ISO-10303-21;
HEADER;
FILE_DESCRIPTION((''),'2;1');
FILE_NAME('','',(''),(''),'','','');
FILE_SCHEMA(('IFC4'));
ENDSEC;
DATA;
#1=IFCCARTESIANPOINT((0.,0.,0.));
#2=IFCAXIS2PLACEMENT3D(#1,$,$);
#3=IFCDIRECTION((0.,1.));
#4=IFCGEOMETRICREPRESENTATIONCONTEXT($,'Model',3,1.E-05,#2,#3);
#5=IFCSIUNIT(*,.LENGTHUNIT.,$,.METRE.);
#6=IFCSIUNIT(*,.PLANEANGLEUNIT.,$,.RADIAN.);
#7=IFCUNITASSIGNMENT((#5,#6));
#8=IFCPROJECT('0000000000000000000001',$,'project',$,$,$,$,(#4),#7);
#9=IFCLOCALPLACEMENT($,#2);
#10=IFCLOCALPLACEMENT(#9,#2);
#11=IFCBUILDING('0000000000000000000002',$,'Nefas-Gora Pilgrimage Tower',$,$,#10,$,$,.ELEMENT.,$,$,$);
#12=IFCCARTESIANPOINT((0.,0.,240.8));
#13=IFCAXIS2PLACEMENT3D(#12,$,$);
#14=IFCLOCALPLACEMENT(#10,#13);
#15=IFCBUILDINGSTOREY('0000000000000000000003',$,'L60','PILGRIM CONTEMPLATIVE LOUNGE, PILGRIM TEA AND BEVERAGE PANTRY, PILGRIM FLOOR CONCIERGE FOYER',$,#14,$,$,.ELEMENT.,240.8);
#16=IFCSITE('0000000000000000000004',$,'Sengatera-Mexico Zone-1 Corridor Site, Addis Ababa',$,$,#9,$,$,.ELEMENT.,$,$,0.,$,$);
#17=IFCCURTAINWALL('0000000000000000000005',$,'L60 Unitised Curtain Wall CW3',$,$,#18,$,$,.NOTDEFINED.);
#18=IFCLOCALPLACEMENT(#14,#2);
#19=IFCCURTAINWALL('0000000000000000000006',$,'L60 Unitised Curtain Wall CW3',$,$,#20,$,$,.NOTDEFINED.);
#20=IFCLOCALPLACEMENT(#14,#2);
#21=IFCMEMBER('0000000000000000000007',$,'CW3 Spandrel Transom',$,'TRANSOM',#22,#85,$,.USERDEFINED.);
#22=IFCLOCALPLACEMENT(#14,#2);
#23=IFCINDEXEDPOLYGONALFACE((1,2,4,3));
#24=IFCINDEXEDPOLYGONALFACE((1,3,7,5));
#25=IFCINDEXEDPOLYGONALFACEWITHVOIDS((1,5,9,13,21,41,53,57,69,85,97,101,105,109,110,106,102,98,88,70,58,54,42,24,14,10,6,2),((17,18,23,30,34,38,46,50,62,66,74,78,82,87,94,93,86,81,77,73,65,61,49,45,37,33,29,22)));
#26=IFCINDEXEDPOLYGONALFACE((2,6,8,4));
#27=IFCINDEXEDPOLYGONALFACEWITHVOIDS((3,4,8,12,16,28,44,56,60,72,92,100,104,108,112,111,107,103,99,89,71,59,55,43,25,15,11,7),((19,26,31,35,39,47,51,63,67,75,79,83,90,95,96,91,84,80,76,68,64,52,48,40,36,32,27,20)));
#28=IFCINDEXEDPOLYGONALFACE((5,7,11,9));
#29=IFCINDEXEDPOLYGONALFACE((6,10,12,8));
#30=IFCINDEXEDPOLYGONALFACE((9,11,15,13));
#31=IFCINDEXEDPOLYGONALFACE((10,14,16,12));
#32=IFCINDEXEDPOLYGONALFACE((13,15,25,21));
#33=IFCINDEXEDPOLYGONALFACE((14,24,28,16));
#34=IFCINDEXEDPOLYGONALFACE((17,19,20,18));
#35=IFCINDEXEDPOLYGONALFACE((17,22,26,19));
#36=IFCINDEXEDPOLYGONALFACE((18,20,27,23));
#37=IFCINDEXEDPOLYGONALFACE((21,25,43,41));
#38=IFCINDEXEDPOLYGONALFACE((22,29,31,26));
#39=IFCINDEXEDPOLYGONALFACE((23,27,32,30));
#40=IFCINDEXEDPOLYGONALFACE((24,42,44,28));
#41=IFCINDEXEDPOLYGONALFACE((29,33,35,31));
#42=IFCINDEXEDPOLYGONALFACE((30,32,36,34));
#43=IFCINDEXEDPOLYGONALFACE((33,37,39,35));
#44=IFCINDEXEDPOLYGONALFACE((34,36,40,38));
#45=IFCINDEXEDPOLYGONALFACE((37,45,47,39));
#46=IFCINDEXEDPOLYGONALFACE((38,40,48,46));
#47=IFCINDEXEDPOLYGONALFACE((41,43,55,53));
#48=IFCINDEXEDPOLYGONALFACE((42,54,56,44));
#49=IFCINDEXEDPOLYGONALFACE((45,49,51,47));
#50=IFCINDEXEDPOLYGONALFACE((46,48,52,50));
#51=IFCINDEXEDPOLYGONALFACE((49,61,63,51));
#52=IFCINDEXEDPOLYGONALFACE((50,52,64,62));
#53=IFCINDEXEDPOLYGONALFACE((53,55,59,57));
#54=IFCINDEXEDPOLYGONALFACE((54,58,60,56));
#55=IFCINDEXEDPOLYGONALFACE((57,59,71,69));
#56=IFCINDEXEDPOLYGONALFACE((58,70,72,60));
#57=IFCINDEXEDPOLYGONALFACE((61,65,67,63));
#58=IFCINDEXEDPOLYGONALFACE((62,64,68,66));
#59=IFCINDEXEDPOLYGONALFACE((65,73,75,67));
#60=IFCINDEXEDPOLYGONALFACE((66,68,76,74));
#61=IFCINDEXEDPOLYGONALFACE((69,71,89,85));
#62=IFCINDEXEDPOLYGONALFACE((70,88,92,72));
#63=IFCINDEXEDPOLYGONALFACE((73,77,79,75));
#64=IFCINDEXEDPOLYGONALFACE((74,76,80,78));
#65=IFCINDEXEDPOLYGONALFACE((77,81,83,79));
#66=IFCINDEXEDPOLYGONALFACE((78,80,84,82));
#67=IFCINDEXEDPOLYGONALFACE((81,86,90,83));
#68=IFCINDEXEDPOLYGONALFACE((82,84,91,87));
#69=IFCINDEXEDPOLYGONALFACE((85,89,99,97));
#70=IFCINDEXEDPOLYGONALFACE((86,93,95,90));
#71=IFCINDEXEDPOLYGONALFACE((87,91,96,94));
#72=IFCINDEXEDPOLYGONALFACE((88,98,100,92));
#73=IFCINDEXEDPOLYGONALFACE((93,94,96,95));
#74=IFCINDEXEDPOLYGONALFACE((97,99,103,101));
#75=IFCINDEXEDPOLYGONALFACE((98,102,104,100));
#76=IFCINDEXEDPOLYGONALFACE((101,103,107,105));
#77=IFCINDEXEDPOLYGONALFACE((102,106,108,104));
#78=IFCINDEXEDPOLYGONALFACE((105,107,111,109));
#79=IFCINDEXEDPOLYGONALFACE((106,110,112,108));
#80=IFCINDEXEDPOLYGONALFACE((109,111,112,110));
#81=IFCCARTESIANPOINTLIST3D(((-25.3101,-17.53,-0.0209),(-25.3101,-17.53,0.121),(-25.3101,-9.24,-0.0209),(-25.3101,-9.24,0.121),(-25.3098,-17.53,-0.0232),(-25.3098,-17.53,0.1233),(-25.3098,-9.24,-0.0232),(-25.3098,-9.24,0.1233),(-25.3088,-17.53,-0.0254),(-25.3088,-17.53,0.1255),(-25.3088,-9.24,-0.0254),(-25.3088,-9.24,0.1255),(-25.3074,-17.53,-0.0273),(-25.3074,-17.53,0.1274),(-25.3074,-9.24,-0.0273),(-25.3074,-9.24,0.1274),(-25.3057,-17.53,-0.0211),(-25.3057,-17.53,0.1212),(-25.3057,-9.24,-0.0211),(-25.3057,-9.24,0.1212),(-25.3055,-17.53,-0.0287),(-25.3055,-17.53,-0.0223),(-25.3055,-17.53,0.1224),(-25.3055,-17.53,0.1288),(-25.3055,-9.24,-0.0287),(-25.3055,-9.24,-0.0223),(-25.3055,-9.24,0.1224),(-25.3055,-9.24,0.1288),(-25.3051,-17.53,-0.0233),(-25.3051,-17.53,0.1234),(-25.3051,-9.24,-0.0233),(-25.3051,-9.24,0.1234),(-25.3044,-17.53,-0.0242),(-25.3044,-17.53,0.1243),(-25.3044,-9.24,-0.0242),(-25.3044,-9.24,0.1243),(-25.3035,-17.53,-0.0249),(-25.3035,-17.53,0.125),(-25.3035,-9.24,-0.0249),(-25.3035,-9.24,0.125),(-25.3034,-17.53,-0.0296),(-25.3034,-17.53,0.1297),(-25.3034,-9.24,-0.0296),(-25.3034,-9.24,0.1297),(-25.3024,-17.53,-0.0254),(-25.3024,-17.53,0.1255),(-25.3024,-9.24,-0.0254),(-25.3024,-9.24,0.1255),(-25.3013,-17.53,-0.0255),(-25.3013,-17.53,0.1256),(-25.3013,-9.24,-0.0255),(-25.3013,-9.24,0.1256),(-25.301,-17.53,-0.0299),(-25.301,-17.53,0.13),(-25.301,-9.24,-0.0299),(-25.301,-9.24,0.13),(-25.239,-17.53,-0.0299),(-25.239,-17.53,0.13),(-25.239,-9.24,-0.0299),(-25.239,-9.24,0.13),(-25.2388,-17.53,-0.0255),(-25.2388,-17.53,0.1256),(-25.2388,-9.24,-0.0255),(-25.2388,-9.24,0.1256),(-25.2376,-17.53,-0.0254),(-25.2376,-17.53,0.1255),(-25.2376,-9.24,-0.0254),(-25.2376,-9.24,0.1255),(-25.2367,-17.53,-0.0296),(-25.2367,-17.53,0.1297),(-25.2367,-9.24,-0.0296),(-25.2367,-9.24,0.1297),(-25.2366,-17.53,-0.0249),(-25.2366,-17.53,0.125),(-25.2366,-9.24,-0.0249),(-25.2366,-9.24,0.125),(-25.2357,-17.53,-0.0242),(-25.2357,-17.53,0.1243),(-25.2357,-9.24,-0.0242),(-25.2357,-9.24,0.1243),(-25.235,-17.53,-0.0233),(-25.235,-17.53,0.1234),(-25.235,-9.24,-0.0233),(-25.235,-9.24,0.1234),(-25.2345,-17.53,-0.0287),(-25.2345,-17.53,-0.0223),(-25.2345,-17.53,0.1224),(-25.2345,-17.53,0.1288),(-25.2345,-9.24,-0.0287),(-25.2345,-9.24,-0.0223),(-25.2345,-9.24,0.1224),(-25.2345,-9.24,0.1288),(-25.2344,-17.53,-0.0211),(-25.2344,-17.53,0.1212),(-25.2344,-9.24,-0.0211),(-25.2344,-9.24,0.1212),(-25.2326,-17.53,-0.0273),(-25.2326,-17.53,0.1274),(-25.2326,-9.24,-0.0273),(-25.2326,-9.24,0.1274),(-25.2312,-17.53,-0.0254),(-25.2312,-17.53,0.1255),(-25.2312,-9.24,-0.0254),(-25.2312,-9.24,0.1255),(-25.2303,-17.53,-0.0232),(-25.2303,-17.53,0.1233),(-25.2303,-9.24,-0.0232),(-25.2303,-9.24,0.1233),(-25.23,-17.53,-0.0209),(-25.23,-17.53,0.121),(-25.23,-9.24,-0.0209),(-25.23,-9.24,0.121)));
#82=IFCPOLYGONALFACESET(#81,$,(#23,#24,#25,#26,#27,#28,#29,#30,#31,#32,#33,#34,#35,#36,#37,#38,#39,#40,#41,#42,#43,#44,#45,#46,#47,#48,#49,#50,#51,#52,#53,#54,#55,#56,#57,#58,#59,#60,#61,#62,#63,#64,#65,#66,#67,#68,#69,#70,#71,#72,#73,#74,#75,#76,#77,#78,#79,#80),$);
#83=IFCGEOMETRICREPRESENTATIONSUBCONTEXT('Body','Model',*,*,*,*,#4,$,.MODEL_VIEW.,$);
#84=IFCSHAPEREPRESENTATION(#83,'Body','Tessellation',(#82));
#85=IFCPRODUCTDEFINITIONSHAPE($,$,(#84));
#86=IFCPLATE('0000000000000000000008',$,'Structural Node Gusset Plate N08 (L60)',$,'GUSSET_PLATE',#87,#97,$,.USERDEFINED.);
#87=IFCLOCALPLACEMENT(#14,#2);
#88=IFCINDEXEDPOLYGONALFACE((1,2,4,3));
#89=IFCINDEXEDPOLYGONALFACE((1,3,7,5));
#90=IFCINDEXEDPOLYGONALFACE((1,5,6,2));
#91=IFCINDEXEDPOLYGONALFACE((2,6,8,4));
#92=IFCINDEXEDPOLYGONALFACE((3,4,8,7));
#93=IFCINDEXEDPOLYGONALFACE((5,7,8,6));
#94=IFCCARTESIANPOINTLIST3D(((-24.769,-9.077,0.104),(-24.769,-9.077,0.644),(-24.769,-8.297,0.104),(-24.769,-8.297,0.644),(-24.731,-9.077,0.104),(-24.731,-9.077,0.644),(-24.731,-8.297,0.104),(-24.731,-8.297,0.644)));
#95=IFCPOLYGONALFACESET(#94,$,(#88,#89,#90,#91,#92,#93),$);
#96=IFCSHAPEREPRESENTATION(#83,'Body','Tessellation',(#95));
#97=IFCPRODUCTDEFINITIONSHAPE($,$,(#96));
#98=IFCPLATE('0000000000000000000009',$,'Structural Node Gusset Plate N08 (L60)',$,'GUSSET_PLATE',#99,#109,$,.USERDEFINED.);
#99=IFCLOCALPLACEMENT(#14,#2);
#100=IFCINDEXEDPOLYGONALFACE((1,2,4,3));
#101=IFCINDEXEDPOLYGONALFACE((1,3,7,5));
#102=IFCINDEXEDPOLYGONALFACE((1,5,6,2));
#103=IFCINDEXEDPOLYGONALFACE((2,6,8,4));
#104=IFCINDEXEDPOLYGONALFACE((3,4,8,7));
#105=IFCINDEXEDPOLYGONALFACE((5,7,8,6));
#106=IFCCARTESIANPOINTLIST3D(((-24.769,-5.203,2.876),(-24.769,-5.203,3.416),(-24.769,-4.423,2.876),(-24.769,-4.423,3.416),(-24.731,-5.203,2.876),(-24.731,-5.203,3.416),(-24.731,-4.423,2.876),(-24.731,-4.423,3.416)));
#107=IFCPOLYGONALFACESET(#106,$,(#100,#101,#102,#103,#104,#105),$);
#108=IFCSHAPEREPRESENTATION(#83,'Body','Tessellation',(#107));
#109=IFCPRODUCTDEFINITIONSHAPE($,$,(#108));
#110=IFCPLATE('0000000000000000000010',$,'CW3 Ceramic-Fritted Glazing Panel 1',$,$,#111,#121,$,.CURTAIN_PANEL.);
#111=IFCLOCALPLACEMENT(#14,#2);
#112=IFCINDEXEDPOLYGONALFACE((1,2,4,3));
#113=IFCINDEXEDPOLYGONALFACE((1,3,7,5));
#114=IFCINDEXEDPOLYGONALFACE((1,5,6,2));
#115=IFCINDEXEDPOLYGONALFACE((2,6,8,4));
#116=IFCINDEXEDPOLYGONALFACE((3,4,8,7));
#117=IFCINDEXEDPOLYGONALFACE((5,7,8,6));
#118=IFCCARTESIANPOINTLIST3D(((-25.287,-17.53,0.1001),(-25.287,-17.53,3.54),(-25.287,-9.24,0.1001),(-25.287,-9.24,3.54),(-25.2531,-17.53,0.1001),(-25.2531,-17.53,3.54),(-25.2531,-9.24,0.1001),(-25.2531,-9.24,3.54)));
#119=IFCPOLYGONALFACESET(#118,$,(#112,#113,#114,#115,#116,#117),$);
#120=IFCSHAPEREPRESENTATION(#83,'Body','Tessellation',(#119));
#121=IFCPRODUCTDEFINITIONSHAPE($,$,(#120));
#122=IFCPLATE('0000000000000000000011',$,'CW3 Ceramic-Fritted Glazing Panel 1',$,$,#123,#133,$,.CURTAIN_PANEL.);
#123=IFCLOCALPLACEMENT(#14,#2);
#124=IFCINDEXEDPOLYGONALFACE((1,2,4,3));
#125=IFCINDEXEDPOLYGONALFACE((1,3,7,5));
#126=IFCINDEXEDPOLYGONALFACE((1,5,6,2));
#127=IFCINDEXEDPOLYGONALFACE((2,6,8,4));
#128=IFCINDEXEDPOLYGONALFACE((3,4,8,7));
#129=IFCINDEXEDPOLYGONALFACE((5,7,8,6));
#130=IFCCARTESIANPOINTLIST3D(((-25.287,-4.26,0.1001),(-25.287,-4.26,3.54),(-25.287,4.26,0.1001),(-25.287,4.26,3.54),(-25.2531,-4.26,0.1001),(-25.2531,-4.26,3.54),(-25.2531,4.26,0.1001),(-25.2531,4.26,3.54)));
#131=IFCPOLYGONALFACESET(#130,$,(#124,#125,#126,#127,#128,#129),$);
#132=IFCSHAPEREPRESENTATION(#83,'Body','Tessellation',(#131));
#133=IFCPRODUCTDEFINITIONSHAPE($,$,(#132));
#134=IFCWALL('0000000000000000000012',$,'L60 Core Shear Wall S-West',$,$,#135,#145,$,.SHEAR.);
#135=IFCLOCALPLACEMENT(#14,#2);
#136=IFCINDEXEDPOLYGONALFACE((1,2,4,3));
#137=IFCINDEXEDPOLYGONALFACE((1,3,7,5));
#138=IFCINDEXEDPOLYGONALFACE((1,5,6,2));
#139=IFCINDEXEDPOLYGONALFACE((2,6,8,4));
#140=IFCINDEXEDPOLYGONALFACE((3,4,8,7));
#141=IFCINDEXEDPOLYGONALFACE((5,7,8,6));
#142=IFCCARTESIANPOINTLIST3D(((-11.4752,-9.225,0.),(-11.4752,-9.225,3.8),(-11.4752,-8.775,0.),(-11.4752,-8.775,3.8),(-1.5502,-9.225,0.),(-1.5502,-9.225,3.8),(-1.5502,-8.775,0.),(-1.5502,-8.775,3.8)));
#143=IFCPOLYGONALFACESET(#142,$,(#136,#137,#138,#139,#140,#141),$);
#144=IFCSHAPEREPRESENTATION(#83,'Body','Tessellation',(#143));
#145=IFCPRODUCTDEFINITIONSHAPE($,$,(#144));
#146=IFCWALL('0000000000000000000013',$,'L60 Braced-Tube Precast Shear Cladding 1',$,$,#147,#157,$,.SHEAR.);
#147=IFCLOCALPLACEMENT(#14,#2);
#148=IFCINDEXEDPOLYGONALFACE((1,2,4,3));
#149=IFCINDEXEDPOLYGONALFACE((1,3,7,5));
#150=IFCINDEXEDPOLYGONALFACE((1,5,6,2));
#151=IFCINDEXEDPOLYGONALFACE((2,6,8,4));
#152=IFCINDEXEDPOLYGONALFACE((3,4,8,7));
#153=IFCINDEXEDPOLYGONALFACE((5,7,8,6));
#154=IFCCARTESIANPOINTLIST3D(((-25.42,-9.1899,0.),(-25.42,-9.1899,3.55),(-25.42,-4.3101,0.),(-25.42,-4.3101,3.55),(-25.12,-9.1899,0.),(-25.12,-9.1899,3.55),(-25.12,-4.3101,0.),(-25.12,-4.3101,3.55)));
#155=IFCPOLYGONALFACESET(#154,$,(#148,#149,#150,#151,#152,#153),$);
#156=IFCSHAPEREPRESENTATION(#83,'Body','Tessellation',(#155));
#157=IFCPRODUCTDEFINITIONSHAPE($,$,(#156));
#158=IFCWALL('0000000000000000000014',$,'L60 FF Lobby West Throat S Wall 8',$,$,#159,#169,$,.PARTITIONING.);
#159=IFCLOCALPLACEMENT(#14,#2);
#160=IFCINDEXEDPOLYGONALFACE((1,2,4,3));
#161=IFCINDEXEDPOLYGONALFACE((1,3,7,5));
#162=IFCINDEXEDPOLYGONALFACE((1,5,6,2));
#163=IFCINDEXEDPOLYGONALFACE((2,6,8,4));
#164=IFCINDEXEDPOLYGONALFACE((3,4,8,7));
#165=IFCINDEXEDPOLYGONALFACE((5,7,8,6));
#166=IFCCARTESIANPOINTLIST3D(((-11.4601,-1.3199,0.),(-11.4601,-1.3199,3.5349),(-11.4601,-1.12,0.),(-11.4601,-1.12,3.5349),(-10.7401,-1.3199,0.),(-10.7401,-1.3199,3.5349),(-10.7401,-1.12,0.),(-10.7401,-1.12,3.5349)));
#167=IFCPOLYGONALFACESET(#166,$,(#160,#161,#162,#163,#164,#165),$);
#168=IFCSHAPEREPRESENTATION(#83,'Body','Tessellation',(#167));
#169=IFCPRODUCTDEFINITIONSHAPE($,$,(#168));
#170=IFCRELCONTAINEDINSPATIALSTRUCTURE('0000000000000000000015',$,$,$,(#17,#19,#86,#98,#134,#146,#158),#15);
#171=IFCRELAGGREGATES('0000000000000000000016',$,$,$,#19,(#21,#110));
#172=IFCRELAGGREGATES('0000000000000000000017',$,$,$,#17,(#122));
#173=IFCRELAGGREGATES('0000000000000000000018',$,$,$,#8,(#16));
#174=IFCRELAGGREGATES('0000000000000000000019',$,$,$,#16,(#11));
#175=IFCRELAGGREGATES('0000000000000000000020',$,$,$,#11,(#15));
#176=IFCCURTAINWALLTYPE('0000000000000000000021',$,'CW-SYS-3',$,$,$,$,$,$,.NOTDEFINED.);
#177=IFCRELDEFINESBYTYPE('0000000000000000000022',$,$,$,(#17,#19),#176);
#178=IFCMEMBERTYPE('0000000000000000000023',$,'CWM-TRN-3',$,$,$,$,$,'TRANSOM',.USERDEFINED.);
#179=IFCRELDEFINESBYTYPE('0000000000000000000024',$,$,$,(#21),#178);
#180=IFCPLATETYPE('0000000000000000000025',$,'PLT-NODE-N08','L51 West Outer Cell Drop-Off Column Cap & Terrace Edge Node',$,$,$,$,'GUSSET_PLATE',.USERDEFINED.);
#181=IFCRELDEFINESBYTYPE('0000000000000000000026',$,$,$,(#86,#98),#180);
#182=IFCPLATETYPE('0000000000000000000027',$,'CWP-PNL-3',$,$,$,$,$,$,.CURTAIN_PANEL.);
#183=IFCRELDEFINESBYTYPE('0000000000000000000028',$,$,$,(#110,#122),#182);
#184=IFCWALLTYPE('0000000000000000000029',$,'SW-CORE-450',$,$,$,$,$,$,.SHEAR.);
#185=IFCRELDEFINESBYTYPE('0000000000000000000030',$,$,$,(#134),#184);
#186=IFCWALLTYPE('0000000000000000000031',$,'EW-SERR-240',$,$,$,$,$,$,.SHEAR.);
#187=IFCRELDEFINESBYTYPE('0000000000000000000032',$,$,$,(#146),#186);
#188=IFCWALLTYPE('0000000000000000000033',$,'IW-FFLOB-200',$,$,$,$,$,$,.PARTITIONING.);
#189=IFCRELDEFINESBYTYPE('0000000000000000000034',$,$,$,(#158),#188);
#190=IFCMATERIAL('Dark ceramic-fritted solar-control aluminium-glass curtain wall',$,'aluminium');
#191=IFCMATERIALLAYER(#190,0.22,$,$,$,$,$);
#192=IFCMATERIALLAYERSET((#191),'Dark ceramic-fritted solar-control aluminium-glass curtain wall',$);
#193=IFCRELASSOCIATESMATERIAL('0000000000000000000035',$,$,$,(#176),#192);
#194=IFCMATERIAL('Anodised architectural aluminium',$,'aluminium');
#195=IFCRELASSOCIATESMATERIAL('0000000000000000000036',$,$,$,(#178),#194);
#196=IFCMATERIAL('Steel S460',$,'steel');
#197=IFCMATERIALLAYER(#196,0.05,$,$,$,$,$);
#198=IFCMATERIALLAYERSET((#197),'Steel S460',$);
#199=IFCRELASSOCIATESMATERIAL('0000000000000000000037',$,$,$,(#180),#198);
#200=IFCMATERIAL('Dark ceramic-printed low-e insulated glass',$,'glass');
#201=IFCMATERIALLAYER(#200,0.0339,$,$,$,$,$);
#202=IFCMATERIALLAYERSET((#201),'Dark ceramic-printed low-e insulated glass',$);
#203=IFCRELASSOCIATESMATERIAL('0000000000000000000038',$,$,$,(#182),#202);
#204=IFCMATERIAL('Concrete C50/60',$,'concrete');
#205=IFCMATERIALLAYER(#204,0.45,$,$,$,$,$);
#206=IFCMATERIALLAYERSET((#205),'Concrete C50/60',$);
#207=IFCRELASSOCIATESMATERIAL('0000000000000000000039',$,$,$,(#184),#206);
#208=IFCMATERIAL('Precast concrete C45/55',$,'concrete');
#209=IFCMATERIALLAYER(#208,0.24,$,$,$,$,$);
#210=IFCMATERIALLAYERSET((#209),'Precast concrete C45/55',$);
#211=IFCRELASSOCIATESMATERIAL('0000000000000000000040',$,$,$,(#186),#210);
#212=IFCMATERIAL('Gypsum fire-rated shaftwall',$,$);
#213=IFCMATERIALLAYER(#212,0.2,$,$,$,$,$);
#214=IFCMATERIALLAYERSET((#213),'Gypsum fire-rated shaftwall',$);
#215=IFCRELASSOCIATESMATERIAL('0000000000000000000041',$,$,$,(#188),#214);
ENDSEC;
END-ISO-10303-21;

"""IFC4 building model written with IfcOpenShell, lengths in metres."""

from ifc_helpers import new_model, si_unit, direction, frame, frame_2d, origin, origin_2d, place, context, subcontext, project, spatial, rectangle, hollow_rectangle, extrude, source, transform, mapped, material, layer, layer_set, material_profile, profile_set, type_object, element, aggregate, save


model = new_model("IFC4")

# Units and contexts
model_context = context("Model", 3, precision=1e-05, world=origin(), true_north=direction((0.0, 1.0)))
body_context = subcontext(model_context, "Body", "Model", "MODEL_VIEW")
ifc_project = project(units=[si_unit("LENGTHUNIT", "METRE"), si_unit("PLANEANGLEUNIT", "RADIAN")], contexts=[model_context])

# Site, building, storey
site_placement = place(None, origin())
site = spatial("IfcSite", under=ifc_project, at=site_placement, Name="Sengatera-Mexico Zone-1 Corridor Site, Addis Ababa", CompositionType="ELEMENT", RefElevation=0.0)
building_placement = place(site_placement, origin())
building = spatial("IfcBuilding", under=site, at=building_placement, Name="Nefas-Gora Pilgrimage Tower", CompositionType="ELEMENT")
storey_placement = place(building_placement, frame((0.0, 0.0, 240.8)))
storey = spatial("IfcBuildingStorey", under=building, at=storey_placement, Name="L60", Description="PILGRIM CONTEMPLATIVE LOUNGE, PILGRIM TEA AND BEVERAGE PANTRY, PILGRIM FLOOR CONCIERGE FOYER", CompositionType="ELEMENT", Elevation=240.8)

# Shared definitions
ifc_material_1 = material(Name="Steel S460", Category="steel")

# Curtain wall
ifc_material_2 = material(Name="Dark ceramic-fritted solar-control aluminium-glass curtain wall", Category="aluminium")
ifc_layer_1 = layer(ifc_material_2, 0.22)
ifc_layer_set_1 = layer_set([ifc_layer_1], Name="Dark ceramic-fritted solar-control aluminium-glass curtain wall")
curtain_wall_type = type_object("IfcCurtainWallType", Name="CW-SYS-3", PredefinedType="NOTDEFINED", material=ifc_layer_set_1)
curtain_wall_1_placement = place(storey_placement, origin())
curtain_wall_1 = element("IfcCurtainWall", 1, at=curtain_wall_1_placement, inside=storey, type_object=curtain_wall_type, Name="L60 Unitised Curtain Wall CW3", PredefinedType="NOTDEFINED")
ifc_material_3 = material(Name="Anodised architectural aluminium", Category="aluminium")

# Curtain wall, member
curtain_wall_2_placement = place(storey_placement, origin())
curtain_wall_2 = element("IfcCurtainWall", 2, at=curtain_wall_2_placement, inside=storey, type_object=curtain_wall_type, Name="L60 Unitised Curtain Wall CW3", PredefinedType="NOTDEFINED")
ifc_material_profile_1 = material_profile(ifc_material_3, hollow_rectangle(XDim=0.0801, YDim=0.1599, WallThickness=0.0044, InnerFilletRadius=0.0044, OuterFilletRadius=0.009, at=origin_2d()), Name="ALU TRANSOM 80x160")
ifc_profile_set_1 = profile_set([ifc_material_profile_1], Name="Anodised architectural aluminium")
member_type_1 = type_object("IfcMemberType", Name="CWM-TRN-3", ElementType="TRANSOM", PredefinedType="USERDEFINED", material=ifc_profile_set_1)
shared_shape_1 = source(origin(), body_context, "Body", "SweptSolid", [
    extrude(hollow_rectangle(XDim=0.0801, YDim=0.1599, WallThickness=0.0044, InnerFilletRadius=0.0044, OuterFilletRadius=0.009, at=origin_2d()), origin(), (0.0, 0.0, 1.0), 8.29),
])
member_1_placement = place(storey_placement, frame((-25.27, -9.24, 0.05), z_axis=(0.0, -1.0, 0.0), x_axis=(1.0, 0.0, 0.0)))
member_1 = element("IfcMember", 3, at=member_1_placement, type_object=member_type_1, Name="CW3 Spandrel Transom", ObjectType="TRANSOM", PredefinedType="USERDEFINED", context=body_context, shape_type="MappedRepresentation", body=[
    mapped(shared_shape_1, transform((0.0, 0.0, 0.0), x_axis=(1.0, 0.0, 0.0), y_axis=(0.0, 1.0, 0.0), z_axis=(0.0, 0.0, 1.0), scale=1.0)),
])

# Plates
ifc_layer_2 = layer(ifc_material_1, 0.05)
ifc_layer_set_2 = layer_set([ifc_layer_2], Name="Steel S460")
plate_type_1 = type_object("IfcPlateType", Name="PLT-NODE-N08", Description="L51 West Outer Cell Drop-Off Column Cap & Terrace Edge Node", ElementType="GUSSET_PLATE", PredefinedType="USERDEFINED", material=ifc_layer_set_2)
shared_shape_2 = source(origin(), body_context, "Body", "SweptSolid", [
    extrude(rectangle(XDim=0.78, YDim=0.0381, at=origin_2d()), origin(), (0.0, 0.0, 1.0), 0.54),
])
for number, where, z_axis, x_axis, name in (
    (4, (-24.75, -8.687, 0.104), (0.0, 0.0, 1.0), (0.0, 1.0, 0.0), "Structural Node Gusset Plate N08 (L60)"),
    (5, (-24.75, -4.813, 2.876), (0.0, 0.0, 1.0), (0.0, 1.0, 0.0), "Structural Node Gusset Plate N08 (L60)"),
):
    element("IfcPlate", number, at=place(storey_placement, frame(where, z_axis=z_axis, x_axis=x_axis)), inside=storey, type_object=plate_type_1, Name=name, ObjectType="GUSSET_PLATE", PredefinedType="USERDEFINED", context=body_context, shape_type="MappedRepresentation", body=[
        mapped(shared_shape_2, transform((0.0, 0.0, 0.0), x_axis=(1.0, 0.0, 0.0), y_axis=(0.0, 1.0, 0.0), z_axis=(0.0, 0.0, 1.0), scale=1.0)),
    ])

# Plates
ifc_material_4 = material(Name="Dark ceramic-printed low-e insulated glass", Category="glass")
ifc_layer_3 = layer(ifc_material_4, 0.0339)
ifc_layer_set_3 = layer_set([ifc_layer_3], Name="Dark ceramic-printed low-e insulated glass")
plate_type_2 = type_object("IfcPlateType", Name="CWP-PNL-3", PredefinedType="CURTAIN_PANEL", material=ifc_layer_set_3)
shared_shape_3 = source(origin(), body_context, "Body", "SweptSolid", [
    extrude(rectangle(XDim=8.29, YDim=0.0339, at=origin_2d()), origin(), (0.0, 0.0, 1.0), 3.4399),
])
plate_1_placement = place(storey_placement, frame((-25.27, -13.385, 0.1001), z_axis=(0.0, 0.0, 1.0), x_axis=(0.0, -1.0, 0.0)))
plate_1 = element("IfcPlate", 6, at=plate_1_placement, type_object=plate_type_2, Name="CW3 Ceramic-Fritted Glazing Panel 1", PredefinedType="CURTAIN_PANEL", context=body_context, shape_type="MappedRepresentation", body=[
    mapped(shared_shape_3, transform((0.0, 0.0, 0.0), x_axis=(1.0, 0.0, 0.0), y_axis=(0.0, 1.0, 0.0), z_axis=(0.0, 0.0, 1.0), scale=1.0)),
])
aggregate(curtain_wall_2, [member_1, plate_1])
shared_shape_4 = source(origin(), body_context, "Body", "SweptSolid", [
    extrude(rectangle(XDim=8.52, YDim=0.0339, at=origin_2d()), origin(), (0.0, 0.0, 1.0), 3.4399),
])
plate_2_placement = place(storey_placement, frame((-25.27, 0.0, 0.1001), z_axis=(0.0, 0.0, 1.0), x_axis=(0.0, -1.0, 0.0)))
plate_2 = element("IfcPlate", 7, at=plate_2_placement, type_object=plate_type_2, Name="CW3 Ceramic-Fritted Glazing Panel 1", PredefinedType="CURTAIN_PANEL", context=body_context, shape_type="MappedRepresentation", body=[
    mapped(shared_shape_4, transform((0.0, 0.0, 0.0), x_axis=(1.0, 0.0, 0.0), y_axis=(0.0, 1.0, 0.0), z_axis=(0.0, 0.0, 1.0), scale=1.0)),
])
aggregate(curtain_wall_1, [plate_2])

# Walls
ifc_material_5 = material(Name="Concrete C50/60", Category="concrete")
ifc_layer_4 = layer(ifc_material_5, 0.45)
ifc_layer_set_4 = layer_set([ifc_layer_4], Name="Concrete C50/60")
wall_type_1 = type_object("IfcWallType", Name="SW-CORE-450", PredefinedType="SHEAR", material=ifc_layer_set_4)
shared_shape_5 = source(origin(), body_context, "Body", "SweptSolid", [
    extrude(rectangle(XDim=9.925, YDim=0.45, at=frame_2d((4.9624, 0.0))), origin(), (0.0, 0.0, 1.0), 3.8),
])
wall_1_placement = place(storey_placement, frame((-11.4751, -9.0, 0.0), z_axis=(0.0, 0.0, 1.0), x_axis=(1.0, 0.0, 0.0)))
element("IfcWall", 8, at=wall_1_placement, inside=storey, type_object=wall_type_1, Name="L60 Core Shear Wall S-West", PredefinedType="SHEAR", context=body_context, shape_type="MappedRepresentation", body=[
    mapped(shared_shape_5, transform((0.0, 0.0, 0.0), x_axis=(1.0, 0.0, 0.0), y_axis=(0.0, 1.0, 0.0), z_axis=(0.0, 0.0, 1.0), scale=1.0)),
])
ifc_material_6 = material(Name="Precast concrete C45/55", Category="concrete")
ifc_layer_5 = layer(ifc_material_6, 0.24)
ifc_layer_set_5 = layer_set([ifc_layer_5], Name="Precast concrete C45/55")
wall_type_2 = type_object("IfcWallType", Name="EW-SERR-240", PredefinedType="SHEAR", material=ifc_layer_set_5)
shared_shape_6 = source(origin(), body_context, "Body", "SweptSolid", [
    extrude(rectangle(XDim=4.8799, YDim=0.3, at=frame_2d((2.4399, 0.0))), origin(), (0.0, 0.0, 1.0), 3.55),
])
wall_2_placement = place(storey_placement, frame((-25.27, -9.1899, 0.0), z_axis=(0.0, 0.0, 1.0), x_axis=(0.0, 1.0, 0.0)))
element("IfcWall", 9, at=wall_2_placement, inside=storey, type_object=wall_type_2, Name="L60 Braced-Tube Precast Shear Cladding 1", PredefinedType="SHEAR", context=body_context, shape_type="MappedRepresentation", body=[
    mapped(shared_shape_6, transform((0.0, 0.0, 0.0), x_axis=(1.0, 0.0, 0.0), y_axis=(0.0, 1.0, 0.0), z_axis=(0.0, 0.0, 1.0), scale=1.0)),
])
ifc_material_7 = material(Name="Gypsum fire-rated shaftwall")
ifc_layer_6 = layer(ifc_material_7, 0.2)
ifc_layer_set_6 = layer_set([ifc_layer_6], Name="Gypsum fire-rated shaftwall")
wall_type_3 = type_object("IfcWallType", Name="IW-FFLOB-200", PredefinedType="PARTITIONING", material=ifc_layer_set_6)
shared_shape_7 = source(origin(), body_context, "Body", "SweptSolid", [
    extrude(rectangle(XDim=0.72, YDim=0.2, at=frame_2d((0.3599, 0.0))), origin(), (0.0, 0.0, 1.0), 3.5349),
])
wall_3_placement = place(storey_placement, frame((-11.46, -1.22, 0.0), z_axis=(0.0, 0.0, 1.0), x_axis=(1.0, 0.0, 0.0)))
element("IfcWall", 10, at=wall_3_placement, inside=storey, type_object=wall_type_3, Name="L60 FF Lobby West Throat S Wall 8", PredefinedType="PARTITIONING", context=body_context, shape_type="MappedRepresentation", body=[
    mapped(shared_shape_7, transform((0.0, 0.0, 0.0), x_axis=(1.0, 0.0, 0.0), y_axis=(0.0, 1.0, 0.0), z_axis=(0.0, 0.0, 1.0), scale=1.0)),
])

save(model, "model.ifc")
